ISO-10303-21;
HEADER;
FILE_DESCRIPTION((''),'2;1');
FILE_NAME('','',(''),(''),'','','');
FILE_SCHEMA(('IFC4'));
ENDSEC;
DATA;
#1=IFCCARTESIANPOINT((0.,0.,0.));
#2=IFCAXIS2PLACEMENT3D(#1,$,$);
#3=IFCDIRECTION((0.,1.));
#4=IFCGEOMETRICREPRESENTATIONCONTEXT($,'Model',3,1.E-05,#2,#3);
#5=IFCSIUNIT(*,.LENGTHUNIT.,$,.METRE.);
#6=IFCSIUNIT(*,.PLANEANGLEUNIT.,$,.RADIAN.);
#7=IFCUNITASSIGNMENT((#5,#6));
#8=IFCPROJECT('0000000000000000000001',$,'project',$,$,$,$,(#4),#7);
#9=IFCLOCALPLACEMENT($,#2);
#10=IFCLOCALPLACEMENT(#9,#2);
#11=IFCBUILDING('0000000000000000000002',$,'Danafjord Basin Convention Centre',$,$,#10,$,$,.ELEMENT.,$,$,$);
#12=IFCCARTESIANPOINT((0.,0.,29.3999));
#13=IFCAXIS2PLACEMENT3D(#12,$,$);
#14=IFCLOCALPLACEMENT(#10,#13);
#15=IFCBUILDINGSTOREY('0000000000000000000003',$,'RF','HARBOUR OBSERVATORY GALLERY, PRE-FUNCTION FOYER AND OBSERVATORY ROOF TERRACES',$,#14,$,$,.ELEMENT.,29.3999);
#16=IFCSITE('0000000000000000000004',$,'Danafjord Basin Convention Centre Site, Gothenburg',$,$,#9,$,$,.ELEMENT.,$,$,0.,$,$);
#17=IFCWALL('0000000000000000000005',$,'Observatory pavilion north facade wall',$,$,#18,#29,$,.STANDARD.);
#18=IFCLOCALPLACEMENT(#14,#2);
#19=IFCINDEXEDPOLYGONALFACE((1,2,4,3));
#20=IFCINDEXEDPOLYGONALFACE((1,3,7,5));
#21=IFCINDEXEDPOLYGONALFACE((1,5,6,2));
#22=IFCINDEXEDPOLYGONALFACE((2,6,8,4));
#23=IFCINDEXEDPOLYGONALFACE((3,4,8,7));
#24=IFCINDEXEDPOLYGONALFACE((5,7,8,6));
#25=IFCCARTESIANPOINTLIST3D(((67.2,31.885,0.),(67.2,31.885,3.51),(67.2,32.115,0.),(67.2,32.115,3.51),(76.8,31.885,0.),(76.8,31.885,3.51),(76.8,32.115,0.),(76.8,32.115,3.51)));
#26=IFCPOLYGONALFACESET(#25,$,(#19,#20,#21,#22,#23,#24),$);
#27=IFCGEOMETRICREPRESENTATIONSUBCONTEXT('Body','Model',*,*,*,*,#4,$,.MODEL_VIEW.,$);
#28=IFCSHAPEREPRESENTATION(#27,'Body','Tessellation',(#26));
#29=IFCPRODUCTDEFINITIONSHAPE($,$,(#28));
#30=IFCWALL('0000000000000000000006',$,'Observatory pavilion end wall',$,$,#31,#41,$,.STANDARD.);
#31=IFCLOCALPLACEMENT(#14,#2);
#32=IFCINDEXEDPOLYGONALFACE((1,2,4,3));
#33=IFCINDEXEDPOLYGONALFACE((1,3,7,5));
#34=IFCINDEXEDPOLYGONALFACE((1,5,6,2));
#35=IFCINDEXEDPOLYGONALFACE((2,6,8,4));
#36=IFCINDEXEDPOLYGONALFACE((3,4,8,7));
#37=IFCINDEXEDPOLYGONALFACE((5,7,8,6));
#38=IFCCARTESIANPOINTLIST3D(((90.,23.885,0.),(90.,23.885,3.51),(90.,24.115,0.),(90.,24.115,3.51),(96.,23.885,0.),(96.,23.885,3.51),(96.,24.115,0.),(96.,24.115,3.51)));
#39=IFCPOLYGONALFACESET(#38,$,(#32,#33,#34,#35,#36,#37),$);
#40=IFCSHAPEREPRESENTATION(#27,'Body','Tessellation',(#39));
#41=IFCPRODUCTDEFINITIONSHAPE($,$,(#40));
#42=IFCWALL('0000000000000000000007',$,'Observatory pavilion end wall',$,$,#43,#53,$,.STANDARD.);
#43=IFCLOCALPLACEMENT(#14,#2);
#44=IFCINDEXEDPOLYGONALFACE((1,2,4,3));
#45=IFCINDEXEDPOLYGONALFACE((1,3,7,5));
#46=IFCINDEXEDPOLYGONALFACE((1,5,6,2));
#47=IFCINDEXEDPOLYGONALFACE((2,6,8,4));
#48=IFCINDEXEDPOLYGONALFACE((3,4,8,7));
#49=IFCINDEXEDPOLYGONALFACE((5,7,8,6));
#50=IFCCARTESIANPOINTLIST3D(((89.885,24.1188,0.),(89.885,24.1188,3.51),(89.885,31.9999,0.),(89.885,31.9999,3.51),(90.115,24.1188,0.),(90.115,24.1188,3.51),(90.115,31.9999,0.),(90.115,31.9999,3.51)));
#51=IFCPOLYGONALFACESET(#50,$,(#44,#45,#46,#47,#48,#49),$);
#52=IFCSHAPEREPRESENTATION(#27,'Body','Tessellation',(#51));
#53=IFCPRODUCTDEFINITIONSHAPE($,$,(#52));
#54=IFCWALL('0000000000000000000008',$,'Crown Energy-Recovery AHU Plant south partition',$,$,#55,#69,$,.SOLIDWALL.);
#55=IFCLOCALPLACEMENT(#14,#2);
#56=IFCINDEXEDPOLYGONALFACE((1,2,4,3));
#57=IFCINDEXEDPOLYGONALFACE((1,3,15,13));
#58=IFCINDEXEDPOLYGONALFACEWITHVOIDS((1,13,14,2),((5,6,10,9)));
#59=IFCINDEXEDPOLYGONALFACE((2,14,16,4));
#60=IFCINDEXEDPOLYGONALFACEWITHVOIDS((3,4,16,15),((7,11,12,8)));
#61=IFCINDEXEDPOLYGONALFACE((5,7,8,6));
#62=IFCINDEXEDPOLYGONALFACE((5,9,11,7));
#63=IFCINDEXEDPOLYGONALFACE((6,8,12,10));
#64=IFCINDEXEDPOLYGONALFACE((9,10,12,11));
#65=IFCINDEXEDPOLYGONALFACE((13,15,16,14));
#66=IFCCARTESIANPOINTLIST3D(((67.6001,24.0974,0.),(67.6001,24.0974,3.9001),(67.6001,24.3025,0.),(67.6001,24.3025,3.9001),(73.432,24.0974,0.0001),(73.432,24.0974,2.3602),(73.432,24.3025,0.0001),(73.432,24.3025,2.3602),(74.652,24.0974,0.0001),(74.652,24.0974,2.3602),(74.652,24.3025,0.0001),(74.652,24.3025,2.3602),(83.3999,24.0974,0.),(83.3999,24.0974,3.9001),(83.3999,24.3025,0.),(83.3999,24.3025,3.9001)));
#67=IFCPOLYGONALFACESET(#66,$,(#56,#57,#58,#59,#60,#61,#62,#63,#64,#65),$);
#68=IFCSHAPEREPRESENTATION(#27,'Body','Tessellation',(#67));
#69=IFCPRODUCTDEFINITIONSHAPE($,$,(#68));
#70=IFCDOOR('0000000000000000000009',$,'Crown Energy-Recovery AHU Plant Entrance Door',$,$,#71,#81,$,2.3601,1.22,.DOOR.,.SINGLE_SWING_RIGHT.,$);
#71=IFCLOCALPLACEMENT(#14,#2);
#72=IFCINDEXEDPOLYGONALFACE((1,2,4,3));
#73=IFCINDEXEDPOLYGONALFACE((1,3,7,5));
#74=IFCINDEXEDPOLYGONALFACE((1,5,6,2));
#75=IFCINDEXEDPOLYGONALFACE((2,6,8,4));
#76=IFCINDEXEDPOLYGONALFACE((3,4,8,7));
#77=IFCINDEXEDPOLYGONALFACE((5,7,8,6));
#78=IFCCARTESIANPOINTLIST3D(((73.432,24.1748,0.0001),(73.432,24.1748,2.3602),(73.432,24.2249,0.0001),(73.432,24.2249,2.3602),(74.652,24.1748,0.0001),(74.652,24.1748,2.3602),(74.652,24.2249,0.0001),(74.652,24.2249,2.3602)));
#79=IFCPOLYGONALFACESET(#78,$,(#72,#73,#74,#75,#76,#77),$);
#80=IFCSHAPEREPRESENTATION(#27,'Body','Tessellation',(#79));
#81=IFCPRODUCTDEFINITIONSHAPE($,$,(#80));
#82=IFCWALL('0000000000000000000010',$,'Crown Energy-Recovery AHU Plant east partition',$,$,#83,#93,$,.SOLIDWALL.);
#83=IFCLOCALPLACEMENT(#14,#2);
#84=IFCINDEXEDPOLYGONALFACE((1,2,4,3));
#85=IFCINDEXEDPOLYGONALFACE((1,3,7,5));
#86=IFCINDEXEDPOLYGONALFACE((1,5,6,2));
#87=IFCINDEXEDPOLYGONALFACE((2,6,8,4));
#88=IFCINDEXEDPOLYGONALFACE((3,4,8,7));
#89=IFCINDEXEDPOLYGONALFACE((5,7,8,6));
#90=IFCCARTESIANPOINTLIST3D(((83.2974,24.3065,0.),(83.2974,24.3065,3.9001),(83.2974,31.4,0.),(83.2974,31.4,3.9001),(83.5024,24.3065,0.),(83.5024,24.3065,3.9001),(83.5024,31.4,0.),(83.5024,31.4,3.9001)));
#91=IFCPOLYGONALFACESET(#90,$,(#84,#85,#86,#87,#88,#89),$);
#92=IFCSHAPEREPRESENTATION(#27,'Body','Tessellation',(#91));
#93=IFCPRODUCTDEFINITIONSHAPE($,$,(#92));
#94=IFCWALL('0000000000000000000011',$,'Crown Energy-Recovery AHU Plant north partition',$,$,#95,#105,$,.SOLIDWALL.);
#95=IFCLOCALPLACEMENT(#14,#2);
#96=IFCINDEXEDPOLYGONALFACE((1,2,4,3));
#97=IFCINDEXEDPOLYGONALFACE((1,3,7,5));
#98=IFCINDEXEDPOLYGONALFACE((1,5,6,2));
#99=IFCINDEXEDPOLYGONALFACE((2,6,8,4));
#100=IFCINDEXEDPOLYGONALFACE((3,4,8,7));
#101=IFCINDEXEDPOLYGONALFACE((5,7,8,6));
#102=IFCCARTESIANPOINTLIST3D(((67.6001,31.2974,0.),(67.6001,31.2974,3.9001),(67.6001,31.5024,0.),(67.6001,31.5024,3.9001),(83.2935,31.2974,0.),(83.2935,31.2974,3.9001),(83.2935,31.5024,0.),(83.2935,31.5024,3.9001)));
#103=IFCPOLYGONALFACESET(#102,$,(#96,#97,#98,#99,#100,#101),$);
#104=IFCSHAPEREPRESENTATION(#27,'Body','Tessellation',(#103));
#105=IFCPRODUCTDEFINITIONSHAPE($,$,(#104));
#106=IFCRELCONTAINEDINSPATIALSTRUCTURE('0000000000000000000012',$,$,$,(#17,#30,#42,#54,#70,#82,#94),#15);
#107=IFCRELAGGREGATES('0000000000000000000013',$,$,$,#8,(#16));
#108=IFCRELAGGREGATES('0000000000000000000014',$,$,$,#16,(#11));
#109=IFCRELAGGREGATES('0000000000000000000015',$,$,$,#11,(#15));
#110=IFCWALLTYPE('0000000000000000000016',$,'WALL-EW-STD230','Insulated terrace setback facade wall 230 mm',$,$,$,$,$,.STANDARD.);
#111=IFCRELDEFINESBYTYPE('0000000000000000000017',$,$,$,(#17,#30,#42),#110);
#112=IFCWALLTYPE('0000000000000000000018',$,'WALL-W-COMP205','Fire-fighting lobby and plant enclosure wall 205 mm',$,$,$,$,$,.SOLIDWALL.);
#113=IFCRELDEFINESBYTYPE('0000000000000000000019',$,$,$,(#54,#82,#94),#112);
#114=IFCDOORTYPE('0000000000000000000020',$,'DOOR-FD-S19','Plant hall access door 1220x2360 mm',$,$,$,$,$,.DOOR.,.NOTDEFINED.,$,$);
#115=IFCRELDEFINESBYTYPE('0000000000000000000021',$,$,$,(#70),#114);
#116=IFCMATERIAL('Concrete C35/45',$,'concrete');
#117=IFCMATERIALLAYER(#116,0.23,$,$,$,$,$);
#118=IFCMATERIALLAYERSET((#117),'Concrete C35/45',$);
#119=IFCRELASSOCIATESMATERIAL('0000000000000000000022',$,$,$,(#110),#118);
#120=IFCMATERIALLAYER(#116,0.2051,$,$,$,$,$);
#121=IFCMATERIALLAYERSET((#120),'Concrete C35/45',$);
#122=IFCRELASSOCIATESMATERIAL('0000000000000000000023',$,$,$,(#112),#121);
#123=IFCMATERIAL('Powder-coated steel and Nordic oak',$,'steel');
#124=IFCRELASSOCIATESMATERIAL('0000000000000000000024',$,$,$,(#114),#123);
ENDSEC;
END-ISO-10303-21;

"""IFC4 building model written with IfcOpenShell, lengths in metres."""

from ifc_helpers import new_model, si_unit, direction, frame, frame_2d, origin, place, context, subcontext, project, spatial, rectangle, extrude, material, layer, layer_set, type_object, element, fill, save


model = new_model("IFC4")

# Units and contexts
model_context = context("Model", 3, precision=1e-05, world=origin(), true_north=direction((0.0, 1.0)))
body_context = subcontext(model_context, "Body", "Model", "MODEL_VIEW")
ifc_project = project(units=[si_unit("LENGTHUNIT", "METRE"), si_unit("PLANEANGLEUNIT", "RADIAN")], contexts=[model_context])

# Site, building, storey
site_placement = place(None, origin())
site = spatial("IfcSite", under=ifc_project, at=site_placement, Name="Danafjord Basin Convention Centre Site, Gothenburg", CompositionType="ELEMENT", RefElevation=0.0)
building_placement = place(site_placement, origin())
building = spatial("IfcBuilding", under=site, at=building_placement, Name="Danafjord Basin Convention Centre", CompositionType="ELEMENT")
storey_placement = place(building_placement, frame((0.0, 0.0, 29.3999)))
storey = spatial("IfcBuildingStorey", under=building, at=storey_placement, Name="RF", Description="HARBOUR OBSERVATORY GALLERY, PRE-FUNCTION FOYER AND OBSERVATORY ROOF TERRACES", CompositionType="ELEMENT", Elevation=29.3999)

# Shared definitions
ifc_material_1 = material(Name="Concrete C35/45", Category="concrete")

# Walls
ifc_layer_1 = layer(ifc_material_1, 0.23)
ifc_layer_set_1 = layer_set([ifc_layer_1], Name="Concrete C35/45")
wall_type_1 = type_object("IfcWallType", Name="WALL-EW-STD230", Description="Insulated terrace setback facade wall 230 mm", PredefinedType="STANDARD", material=ifc_layer_set_1)
wall_1_placement = place(storey_placement, frame((67.2, 32.0, 0.0), z_axis=(0.0, 0.0, 1.0), x_axis=(1.0, 0.0, 0.0)))
element("IfcWall", 1, at=wall_1_placement, inside=storey, type_object=wall_type_1, Name="Observatory pavilion north facade wall", PredefinedType="STANDARD", context=body_context, shape_type="SweptSolid", body=[
    extrude(rectangle(XDim=9.6001, YDim=0.23, at=frame_2d((4.8, 0.0))), origin(), (0.0, 0.0, 1.0), 3.51),
])
wall_2_placement = place(storey_placement, frame((90.0, 24.0, 0.0), z_axis=(0.0, 0.0, 1.0), x_axis=(1.0, 0.0, 0.0)))
element("IfcWall", 2, at=wall_2_placement, inside=storey, type_object=wall_type_1, Name="Observatory pavilion end wall", PredefinedType="STANDARD", context=body_context, shape_type="SweptSolid", body=[
    extrude(rectangle(XDim=6.0, YDim=0.23, at=frame_2d((3.0, 0.0))), origin(), (0.0, 0.0, 1.0), 3.51),
])
wall_3_placement = place(storey_placement, frame((90.0, 24.1189, 0.0), z_axis=(0.0, 0.0, 1.0), x_axis=(0.0, 1.0, 0.0)))
element("IfcWall", 3, at=wall_3_placement, inside=storey, type_object=wall_type_1, Name="Observatory pavilion end wall", PredefinedType="STANDARD", context=body_context, shape_type="SweptSolid", body=[
    extrude(rectangle(XDim=7.8811, YDim=0.23, at=frame_2d((3.9404, 0.0))), origin(), (0.0, 0.0, 1.0), 3.51),
])

# Wall, opening, door
ifc_layer_2 = layer(ifc_material_1, 0.2051)
ifc_layer_set_2 = layer_set([ifc_layer_2], Name="Concrete C35/45")
wall_type_2 = type_object("IfcWallType", Name="WALL-W-COMP205", Description="Fire-fighting lobby and plant enclosure wall 205 mm", PredefinedType="SOLIDWALL", material=ifc_layer_set_2)
wall_4_placement = place(storey_placement, frame((67.6001, 24.2, 0.0), z_axis=(0.0, 0.0, 1.0), x_axis=(1.0, 0.0, 0.0)))
wall_4 = element("IfcWall", 4, at=wall_4_placement, inside=storey, type_object=wall_type_2, Name="Crown Energy-Recovery AHU Plant south partition", PredefinedType="SOLIDWALL", context=body_context, shape_type="SweptSolid", body=[
    extrude(rectangle(XDim=15.7998, YDim=0.2051, at=frame_2d((7.8999, 0.0))), origin(), (0.0, 0.0, 1.0), 3.9001),
])
opening_1_placement = place(wall_4_placement, frame((5.832, 0.0, 0.0)))
opening_1 = element("IfcOpeningElement", 5, at=opening_1_placement, cuts=wall_4, PredefinedType="OPENING", context=body_context, shape_type="SweptSolid", body=[
    extrude(rectangle(XDim=1.22, YDim=2.3601, at=frame_2d((0.6099, 1.1802))), frame((0.0, 0.1125, 0.0), z_axis=(0.0, -1.0, 0.0), x_axis=(1.0, 0.0, 0.0)), (0.0, 0.0, 1.0), 0.2251),
])
ifc_material_2 = material(Name="Powder-coated steel and Nordic oak", Category="steel")
door_type_1 = type_object("IfcDoorType", Name="DOOR-FD-S19", Description="Plant hall access door 1220x2360 mm", OperationType="NOTDEFINED", PredefinedType="DOOR", material=ifc_material_2)
door_1_placement = place(opening_1_placement, origin())
door_1 = element("IfcDoor", 6, at=door_1_placement, inside=storey, type_object=door_type_1, Name="Crown Energy-Recovery AHU Plant Entrance Door", OperationType="SINGLE_SWING_RIGHT", OverallHeight=2.3601, OverallWidth=1.22, PredefinedType="DOOR", context=body_context, shape_type="SweptSolid", body=[
    extrude(rectangle(XDim=1.22, YDim=2.3601, at=frame_2d((0.6099, 1.1802))), frame((0.0, 0.0249, 0.0), z_axis=(0.0, -1.0, 0.0), x_axis=(1.0, 0.0, 0.0)), (0.0, 0.0, 1.0), 0.05),
])
fill(opening_1, door_1)

# Walls
wall_5_placement = place(storey_placement, frame((83.3999, 24.3064, 0.0), z_axis=(0.0, 0.0, 1.0), x_axis=(0.0, 1.0, 0.0)))
element("IfcWall", 7, at=wall_5_placement, inside=storey, type_object=wall_type_2, Name="Crown Energy-Recovery AHU Plant east partition", PredefinedType="SOLIDWALL", context=body_context, shape_type="SweptSolid", body=[
    extrude(rectangle(XDim=7.0935, YDim=0.2051, at=frame_2d((3.5469, 0.0))), origin(), (0.0, 0.0, 1.0), 3.9001),
])
wall_6_placement = place(storey_placement, frame((83.2935, 31.3999, 0.0), z_axis=(0.0, 0.0, 1.0), x_axis=(-1.0, 0.0, 0.0)))
element("IfcWall", 8, at=wall_6_placement, inside=storey, type_object=wall_type_2, Name="Crown Energy-Recovery AHU Plant north partition", PredefinedType="SOLIDWALL", context=body_context, shape_type="SweptSolid", body=[
    extrude(rectangle(XDim=15.6934, YDim=0.2051, at=frame_2d((7.8467, 0.0))), origin(), (0.0, 0.0, 1.0), 3.9001),
])

save(model, "model.ifc")
